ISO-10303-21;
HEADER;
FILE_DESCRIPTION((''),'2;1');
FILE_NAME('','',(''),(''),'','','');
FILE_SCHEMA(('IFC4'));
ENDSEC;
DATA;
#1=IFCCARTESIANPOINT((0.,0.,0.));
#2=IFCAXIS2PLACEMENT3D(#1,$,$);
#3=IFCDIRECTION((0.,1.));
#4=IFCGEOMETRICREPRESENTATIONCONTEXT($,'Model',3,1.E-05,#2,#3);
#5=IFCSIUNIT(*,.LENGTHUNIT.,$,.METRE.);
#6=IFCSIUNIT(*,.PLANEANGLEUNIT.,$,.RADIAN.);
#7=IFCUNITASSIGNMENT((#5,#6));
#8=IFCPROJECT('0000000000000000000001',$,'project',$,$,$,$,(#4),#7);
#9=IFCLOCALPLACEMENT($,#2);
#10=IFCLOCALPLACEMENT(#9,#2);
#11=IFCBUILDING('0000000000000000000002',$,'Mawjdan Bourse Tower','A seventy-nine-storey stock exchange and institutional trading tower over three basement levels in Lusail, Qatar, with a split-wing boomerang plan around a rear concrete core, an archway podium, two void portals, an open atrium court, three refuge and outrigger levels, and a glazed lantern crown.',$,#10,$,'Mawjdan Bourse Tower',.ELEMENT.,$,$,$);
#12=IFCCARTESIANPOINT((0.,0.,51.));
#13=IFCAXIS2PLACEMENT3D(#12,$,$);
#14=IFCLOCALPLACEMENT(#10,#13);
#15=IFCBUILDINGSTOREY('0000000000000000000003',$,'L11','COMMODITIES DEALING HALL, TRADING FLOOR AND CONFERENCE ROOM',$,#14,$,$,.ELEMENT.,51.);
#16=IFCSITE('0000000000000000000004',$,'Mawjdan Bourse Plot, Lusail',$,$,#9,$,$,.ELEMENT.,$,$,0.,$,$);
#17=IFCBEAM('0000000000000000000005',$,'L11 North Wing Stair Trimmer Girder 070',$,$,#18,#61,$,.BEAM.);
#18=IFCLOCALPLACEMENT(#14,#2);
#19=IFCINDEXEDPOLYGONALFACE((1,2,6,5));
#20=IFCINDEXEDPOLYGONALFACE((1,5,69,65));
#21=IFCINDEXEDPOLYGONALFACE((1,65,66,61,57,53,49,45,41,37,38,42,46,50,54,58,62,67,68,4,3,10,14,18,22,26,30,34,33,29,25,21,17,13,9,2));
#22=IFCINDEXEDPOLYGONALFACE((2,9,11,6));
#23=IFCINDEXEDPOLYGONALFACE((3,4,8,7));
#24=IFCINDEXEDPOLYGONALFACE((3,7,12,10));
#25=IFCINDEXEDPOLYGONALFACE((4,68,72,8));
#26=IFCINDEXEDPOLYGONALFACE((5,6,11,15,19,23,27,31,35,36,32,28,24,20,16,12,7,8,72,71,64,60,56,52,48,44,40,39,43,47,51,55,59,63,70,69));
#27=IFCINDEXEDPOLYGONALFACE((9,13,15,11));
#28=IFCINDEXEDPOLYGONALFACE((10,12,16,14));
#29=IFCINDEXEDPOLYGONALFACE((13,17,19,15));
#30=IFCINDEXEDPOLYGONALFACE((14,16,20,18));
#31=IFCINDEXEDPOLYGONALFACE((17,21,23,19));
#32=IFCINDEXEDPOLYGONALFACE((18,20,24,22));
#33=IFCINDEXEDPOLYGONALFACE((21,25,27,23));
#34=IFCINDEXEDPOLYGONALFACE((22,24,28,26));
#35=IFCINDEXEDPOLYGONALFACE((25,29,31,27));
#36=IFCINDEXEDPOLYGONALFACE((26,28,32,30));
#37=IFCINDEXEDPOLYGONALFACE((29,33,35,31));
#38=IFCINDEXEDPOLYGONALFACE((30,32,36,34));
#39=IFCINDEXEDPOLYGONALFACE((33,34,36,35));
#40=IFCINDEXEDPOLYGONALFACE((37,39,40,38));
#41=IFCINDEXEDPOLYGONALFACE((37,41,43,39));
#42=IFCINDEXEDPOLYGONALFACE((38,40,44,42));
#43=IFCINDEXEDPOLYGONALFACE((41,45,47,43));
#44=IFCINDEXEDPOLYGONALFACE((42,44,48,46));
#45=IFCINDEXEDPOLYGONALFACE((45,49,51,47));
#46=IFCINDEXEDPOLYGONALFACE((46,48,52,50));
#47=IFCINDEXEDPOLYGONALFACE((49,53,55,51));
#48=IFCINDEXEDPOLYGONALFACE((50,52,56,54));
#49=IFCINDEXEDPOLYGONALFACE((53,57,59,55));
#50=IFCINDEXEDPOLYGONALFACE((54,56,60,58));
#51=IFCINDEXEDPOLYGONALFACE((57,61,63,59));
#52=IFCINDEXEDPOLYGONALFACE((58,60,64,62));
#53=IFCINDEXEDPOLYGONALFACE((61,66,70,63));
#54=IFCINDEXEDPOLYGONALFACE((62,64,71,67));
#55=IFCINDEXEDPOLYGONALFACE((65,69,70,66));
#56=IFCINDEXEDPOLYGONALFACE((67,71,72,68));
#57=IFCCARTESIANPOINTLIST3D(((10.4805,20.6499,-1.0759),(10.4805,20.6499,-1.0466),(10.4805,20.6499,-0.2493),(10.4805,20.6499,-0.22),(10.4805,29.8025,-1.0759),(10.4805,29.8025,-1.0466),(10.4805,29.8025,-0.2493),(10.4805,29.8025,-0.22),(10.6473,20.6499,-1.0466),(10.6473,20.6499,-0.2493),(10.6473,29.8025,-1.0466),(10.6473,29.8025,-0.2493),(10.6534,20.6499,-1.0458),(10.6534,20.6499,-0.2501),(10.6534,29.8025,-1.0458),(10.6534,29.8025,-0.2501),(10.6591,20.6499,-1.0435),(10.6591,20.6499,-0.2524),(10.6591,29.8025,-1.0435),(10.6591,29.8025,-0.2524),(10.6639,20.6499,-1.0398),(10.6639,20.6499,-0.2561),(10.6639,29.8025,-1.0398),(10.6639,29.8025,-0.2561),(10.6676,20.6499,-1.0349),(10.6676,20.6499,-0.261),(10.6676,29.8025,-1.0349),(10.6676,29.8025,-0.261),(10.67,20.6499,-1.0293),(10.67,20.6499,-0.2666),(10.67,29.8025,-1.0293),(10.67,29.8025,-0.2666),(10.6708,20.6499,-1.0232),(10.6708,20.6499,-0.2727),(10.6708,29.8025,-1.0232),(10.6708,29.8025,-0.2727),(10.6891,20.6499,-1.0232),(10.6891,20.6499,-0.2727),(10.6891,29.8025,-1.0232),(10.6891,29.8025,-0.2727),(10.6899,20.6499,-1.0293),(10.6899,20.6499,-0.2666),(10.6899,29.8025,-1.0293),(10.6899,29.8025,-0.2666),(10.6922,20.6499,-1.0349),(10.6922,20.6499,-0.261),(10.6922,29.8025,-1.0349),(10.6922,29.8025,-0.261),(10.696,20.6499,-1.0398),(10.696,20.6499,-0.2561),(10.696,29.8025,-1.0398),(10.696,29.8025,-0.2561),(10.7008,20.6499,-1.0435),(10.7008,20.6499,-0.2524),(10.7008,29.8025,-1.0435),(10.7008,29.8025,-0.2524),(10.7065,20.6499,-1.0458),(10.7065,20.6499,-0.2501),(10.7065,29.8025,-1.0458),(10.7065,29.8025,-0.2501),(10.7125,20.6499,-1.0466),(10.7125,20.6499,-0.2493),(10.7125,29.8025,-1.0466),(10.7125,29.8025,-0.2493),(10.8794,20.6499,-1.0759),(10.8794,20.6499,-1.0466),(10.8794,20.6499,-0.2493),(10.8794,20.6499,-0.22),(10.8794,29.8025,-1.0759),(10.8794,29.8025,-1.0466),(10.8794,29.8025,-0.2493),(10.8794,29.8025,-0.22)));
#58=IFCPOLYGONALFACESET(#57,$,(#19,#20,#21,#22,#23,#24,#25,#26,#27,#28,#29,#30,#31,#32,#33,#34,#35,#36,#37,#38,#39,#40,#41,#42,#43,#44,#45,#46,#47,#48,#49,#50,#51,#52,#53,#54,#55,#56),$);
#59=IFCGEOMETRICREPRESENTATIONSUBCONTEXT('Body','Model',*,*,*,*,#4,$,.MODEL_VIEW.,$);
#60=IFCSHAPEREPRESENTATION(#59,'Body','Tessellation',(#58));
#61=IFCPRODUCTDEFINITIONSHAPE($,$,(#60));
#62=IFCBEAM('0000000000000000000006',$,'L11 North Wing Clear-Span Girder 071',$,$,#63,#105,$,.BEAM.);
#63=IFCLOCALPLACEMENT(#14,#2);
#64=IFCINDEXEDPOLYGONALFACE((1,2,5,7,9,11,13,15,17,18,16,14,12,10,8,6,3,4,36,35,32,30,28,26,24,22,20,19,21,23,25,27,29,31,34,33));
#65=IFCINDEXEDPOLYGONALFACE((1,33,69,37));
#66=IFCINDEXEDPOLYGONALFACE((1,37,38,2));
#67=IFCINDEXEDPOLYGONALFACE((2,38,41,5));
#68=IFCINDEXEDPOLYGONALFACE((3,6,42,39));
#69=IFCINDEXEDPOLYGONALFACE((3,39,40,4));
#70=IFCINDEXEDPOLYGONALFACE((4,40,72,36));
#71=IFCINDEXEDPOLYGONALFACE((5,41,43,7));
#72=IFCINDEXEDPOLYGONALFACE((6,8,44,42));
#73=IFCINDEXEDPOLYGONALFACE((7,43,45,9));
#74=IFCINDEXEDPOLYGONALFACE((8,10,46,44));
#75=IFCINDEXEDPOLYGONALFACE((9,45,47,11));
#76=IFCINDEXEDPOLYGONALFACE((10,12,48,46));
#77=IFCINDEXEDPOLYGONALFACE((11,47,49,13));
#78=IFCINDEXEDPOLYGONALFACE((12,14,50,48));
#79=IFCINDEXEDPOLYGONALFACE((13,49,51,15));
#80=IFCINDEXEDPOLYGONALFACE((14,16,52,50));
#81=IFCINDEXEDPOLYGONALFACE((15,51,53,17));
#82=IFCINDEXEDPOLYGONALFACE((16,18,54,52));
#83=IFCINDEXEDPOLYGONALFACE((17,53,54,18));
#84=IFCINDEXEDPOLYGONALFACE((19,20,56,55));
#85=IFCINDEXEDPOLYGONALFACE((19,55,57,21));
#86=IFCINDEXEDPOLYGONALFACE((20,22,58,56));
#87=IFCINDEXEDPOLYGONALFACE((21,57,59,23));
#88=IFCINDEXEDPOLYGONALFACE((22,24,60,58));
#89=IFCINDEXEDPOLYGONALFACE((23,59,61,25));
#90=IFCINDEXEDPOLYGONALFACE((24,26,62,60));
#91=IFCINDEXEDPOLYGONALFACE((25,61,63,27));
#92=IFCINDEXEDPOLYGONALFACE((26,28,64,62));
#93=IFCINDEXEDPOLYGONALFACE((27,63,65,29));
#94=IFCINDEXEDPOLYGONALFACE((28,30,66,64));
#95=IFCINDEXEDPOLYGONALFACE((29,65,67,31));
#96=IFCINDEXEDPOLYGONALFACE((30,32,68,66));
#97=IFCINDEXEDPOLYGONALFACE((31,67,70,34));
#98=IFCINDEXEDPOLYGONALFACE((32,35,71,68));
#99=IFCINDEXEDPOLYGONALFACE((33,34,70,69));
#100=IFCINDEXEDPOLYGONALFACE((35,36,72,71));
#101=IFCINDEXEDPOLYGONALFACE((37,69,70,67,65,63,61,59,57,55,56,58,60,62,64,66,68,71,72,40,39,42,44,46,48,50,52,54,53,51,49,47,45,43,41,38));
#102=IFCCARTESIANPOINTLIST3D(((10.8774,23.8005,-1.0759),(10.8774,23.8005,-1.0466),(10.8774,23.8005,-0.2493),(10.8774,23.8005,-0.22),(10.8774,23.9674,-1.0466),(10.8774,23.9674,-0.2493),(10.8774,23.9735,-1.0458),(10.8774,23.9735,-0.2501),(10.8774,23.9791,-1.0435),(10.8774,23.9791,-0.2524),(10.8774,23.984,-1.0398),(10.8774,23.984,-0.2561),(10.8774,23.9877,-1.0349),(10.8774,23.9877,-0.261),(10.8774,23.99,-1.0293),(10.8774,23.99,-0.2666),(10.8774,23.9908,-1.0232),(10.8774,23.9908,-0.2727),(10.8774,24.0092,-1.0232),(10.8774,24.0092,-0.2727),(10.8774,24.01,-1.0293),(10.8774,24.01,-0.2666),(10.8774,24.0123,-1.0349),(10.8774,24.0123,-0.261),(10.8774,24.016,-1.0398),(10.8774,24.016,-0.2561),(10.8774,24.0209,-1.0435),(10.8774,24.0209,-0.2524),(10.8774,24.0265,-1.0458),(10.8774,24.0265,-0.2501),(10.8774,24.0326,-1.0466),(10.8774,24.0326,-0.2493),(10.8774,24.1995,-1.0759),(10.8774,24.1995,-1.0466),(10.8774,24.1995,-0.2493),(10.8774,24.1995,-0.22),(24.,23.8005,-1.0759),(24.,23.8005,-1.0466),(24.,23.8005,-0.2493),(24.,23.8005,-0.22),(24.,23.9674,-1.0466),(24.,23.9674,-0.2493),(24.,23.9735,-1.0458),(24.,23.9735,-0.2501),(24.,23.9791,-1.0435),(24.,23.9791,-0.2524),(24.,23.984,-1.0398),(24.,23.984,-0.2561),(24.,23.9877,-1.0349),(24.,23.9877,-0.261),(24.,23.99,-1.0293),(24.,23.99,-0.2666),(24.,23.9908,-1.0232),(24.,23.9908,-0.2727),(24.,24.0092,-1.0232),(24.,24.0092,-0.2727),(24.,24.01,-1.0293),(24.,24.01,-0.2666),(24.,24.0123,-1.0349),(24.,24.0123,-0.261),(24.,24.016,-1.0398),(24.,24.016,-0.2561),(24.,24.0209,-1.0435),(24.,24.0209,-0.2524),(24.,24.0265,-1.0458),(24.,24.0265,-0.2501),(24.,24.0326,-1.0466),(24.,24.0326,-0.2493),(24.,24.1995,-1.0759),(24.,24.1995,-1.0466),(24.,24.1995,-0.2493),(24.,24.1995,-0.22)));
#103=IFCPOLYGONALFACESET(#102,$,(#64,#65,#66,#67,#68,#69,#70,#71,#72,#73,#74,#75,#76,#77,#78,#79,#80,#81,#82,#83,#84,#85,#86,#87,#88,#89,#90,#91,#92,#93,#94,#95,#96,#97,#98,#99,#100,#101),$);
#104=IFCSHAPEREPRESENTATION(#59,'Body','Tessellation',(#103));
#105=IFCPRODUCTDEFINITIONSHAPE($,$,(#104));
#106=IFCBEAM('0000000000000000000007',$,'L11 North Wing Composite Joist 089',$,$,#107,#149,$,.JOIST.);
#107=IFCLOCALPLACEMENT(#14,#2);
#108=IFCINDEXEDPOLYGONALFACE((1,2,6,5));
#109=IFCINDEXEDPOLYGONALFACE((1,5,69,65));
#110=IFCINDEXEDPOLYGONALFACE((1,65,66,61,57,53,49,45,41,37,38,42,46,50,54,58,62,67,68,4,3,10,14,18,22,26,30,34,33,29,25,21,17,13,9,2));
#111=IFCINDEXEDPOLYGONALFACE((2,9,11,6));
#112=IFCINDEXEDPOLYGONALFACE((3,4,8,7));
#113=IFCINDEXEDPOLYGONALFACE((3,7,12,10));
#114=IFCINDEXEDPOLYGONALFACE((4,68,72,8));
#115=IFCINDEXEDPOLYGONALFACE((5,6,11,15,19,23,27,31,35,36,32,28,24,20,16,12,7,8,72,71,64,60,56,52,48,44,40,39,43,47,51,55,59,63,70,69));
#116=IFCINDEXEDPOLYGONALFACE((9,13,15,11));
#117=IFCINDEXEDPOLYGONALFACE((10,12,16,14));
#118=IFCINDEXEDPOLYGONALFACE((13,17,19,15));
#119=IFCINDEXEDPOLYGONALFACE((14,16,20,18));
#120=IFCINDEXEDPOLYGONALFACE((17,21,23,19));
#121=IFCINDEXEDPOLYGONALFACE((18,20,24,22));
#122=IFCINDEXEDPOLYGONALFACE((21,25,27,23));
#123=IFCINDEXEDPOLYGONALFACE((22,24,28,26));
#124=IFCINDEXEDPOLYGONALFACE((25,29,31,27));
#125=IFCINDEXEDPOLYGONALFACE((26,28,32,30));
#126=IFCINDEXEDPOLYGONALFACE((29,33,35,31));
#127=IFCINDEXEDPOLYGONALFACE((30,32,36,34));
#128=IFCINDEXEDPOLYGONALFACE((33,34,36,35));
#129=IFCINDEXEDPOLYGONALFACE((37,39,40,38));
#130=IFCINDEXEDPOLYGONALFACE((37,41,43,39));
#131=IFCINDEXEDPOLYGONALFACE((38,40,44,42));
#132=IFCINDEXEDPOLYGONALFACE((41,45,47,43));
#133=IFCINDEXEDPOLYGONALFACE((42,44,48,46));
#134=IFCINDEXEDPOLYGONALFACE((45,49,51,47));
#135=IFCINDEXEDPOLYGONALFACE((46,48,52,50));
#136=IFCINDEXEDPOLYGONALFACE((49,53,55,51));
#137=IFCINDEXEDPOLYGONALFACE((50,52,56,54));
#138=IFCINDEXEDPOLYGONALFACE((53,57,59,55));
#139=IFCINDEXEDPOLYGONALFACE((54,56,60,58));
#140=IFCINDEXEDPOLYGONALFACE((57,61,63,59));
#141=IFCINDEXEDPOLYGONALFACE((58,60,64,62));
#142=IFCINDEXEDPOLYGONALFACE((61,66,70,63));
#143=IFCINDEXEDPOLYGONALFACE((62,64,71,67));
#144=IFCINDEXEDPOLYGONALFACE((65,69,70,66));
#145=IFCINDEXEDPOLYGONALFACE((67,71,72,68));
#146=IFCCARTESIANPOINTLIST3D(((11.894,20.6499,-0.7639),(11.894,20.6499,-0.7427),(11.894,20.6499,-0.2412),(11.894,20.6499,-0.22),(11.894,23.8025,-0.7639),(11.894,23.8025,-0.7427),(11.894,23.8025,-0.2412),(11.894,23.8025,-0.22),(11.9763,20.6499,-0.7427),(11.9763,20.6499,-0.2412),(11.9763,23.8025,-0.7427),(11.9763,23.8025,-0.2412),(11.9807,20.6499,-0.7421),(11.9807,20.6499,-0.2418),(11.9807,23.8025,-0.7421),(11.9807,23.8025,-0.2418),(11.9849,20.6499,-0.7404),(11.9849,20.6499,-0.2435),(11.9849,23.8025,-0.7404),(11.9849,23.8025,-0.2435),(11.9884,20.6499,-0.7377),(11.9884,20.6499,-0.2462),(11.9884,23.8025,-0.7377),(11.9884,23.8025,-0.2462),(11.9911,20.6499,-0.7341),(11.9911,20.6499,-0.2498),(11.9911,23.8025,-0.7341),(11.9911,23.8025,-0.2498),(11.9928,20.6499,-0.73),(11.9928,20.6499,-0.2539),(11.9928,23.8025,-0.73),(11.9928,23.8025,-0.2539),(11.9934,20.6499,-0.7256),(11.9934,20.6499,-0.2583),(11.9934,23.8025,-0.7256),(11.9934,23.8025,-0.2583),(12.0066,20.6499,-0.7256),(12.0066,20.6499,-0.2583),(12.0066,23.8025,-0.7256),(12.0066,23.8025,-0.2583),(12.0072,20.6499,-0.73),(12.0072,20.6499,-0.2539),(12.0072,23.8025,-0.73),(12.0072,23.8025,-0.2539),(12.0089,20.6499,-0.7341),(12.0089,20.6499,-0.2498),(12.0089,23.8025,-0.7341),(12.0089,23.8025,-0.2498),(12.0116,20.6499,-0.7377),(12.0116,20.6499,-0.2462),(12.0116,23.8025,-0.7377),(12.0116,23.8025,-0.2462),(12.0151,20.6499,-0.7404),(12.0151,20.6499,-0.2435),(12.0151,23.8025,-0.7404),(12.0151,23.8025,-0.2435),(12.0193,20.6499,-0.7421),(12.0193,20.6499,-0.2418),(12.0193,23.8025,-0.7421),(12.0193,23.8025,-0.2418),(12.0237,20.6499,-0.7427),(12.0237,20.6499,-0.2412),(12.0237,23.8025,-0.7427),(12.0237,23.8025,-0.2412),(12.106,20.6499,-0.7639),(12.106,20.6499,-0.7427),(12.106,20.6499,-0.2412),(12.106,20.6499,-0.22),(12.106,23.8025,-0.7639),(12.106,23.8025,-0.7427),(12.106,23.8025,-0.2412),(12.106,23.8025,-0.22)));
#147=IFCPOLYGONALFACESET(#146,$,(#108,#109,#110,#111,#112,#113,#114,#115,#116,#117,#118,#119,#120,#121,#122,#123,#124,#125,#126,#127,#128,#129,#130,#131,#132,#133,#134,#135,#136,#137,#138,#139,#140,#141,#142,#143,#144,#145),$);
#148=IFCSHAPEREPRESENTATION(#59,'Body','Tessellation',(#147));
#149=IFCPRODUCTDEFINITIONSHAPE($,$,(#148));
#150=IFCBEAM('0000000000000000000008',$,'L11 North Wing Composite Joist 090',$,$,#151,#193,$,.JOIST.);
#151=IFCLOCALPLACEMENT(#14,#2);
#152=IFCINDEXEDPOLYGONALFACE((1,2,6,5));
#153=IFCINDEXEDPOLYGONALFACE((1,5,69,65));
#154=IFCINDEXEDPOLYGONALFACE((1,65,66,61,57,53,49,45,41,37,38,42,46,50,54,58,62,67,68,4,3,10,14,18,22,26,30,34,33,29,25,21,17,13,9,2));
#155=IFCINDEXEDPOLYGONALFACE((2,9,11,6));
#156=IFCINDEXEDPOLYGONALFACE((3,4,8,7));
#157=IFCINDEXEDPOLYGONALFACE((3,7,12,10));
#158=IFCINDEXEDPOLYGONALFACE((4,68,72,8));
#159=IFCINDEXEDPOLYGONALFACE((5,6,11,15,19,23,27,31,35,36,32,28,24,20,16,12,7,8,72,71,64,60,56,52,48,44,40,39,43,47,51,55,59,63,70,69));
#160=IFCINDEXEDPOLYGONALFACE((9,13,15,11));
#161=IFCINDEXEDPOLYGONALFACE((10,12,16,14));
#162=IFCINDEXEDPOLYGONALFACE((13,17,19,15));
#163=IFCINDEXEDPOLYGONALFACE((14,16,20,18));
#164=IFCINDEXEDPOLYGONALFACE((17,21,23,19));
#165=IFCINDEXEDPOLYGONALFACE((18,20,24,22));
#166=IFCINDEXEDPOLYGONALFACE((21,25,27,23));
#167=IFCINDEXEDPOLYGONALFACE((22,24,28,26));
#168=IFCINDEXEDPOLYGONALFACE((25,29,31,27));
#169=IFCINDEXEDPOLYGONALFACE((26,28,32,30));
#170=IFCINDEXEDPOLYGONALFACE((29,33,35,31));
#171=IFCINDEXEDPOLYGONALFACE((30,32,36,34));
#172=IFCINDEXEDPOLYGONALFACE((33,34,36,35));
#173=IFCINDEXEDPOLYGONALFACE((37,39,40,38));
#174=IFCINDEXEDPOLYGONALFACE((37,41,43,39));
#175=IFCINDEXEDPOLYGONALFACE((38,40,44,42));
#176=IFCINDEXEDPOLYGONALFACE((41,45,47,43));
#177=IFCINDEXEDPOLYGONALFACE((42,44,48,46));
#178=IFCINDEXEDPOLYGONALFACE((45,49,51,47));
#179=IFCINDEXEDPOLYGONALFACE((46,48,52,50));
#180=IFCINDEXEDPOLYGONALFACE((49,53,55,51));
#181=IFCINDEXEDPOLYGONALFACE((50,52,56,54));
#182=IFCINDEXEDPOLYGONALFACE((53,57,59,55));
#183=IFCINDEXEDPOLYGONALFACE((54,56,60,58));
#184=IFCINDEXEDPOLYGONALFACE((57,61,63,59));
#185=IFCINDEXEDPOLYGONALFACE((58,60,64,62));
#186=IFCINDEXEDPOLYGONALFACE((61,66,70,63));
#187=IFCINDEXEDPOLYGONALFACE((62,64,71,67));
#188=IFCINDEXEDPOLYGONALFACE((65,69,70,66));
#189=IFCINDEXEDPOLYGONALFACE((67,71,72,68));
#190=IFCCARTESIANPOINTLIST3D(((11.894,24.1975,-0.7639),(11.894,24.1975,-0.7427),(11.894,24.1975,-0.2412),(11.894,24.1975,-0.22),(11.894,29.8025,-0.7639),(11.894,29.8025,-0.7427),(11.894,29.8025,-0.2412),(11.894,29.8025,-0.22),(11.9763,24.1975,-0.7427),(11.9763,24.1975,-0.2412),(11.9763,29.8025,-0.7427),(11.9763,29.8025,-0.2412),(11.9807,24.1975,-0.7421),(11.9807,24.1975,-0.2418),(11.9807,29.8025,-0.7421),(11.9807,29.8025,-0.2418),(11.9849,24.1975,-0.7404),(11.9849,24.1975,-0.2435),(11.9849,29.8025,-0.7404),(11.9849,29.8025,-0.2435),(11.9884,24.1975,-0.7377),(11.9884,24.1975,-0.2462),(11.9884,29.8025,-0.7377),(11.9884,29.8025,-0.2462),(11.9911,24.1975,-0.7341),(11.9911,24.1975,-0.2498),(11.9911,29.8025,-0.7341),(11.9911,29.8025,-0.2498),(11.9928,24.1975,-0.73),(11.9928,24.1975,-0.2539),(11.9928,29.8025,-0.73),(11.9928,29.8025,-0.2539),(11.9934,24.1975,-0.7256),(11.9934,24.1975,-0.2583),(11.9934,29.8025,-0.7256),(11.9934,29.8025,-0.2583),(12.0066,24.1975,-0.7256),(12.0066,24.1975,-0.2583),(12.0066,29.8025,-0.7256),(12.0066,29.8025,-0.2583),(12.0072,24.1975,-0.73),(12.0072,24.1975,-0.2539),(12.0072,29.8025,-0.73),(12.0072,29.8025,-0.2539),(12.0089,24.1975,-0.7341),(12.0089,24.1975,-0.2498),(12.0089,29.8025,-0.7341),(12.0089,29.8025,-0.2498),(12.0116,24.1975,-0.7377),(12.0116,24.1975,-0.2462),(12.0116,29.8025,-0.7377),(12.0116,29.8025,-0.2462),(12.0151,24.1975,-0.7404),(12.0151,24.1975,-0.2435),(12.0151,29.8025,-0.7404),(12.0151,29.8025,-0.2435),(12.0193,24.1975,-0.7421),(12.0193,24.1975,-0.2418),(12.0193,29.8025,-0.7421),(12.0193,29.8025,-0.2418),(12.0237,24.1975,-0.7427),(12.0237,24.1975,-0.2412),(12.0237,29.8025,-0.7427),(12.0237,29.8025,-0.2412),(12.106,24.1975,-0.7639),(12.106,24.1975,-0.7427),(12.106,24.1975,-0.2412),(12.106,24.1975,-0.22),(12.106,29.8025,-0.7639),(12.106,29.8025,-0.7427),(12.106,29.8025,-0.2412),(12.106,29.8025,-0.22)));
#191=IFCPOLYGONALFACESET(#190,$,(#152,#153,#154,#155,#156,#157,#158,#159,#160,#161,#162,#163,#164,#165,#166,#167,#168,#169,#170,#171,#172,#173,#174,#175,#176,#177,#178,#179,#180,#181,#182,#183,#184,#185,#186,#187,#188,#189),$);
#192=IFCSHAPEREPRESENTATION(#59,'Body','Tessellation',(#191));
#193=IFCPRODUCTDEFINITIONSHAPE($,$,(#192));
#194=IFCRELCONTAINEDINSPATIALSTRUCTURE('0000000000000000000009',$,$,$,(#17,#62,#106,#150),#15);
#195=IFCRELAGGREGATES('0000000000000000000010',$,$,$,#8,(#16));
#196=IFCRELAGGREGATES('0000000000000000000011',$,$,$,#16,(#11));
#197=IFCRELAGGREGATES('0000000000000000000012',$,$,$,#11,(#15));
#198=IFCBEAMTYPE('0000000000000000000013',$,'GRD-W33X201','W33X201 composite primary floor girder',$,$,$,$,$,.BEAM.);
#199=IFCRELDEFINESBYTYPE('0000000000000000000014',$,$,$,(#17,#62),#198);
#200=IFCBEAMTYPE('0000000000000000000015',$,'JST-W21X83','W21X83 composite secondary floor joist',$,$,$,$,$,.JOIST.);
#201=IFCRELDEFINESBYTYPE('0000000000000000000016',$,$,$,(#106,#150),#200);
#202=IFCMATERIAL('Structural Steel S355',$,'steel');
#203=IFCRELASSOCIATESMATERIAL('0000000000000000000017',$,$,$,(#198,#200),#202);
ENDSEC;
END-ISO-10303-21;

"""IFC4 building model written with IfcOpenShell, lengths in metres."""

from ifc_helpers import new_model, si_unit, direction, frame, origin, origin_2d, place, context, subcontext, project, spatial, i_section, extrude, material, material_profile, profile_set, type_object, element, save


model = new_model("IFC4")

# Units and contexts
model_context = context("Model", 3, precision=1e-05, world=origin(), true_north=direction((0.0, 1.0)))
body_context = subcontext(model_context, "Body", "Model", "MODEL_VIEW")
ifc_project = project(units=[si_unit("LENGTHUNIT", "METRE"), si_unit("PLANEANGLEUNIT", "RADIAN")], contexts=[model_context])

# Site, building, storey
site_placement = place(None, origin())
site = spatial("IfcSite", under=ifc_project, at=site_placement, Name="Mawjdan Bourse Plot, Lusail", CompositionType="ELEMENT", RefElevation=0.0)
building_placement = place(site_placement, origin())
building = spatial("IfcBuilding", under=site, at=building_placement, Name="Mawjdan Bourse Tower", Description="A seventy-nine-storey stock exchange and institutional trading tower over three basement levels in Lusail, Qatar, with a split-wing boomerang plan around a rear concrete core, an archway podium, two void portals, an open atrium court, three refuge and outrigger levels, and a glazed lantern crown.", LongName="Mawjdan Bourse Tower", CompositionType="ELEMENT")
storey_placement = place(building_placement, frame((0.0, 0.0, 51.0)))
storey = spatial("IfcBuildingStorey", under=building, at=storey_placement, Name="L11", Description="COMMODITIES DEALING HALL, TRADING FLOOR AND CONFERENCE ROOM", CompositionType="ELEMENT", Elevation=51.0)

# Beams
ifc_material_1 = material(Name="Structural Steel S355", Category="steel")
ifc_material_profile_1 = material_profile(ifc_material_1, i_section(OverallWidth=0.3989, OverallDepth=0.856, WebThickness=0.0183, FlangeThickness=0.0293, FilletRadius=0.0234, at=origin_2d()), Name="W33X201")
ifc_profile_set_1 = profile_set([ifc_material_profile_1], Name="Structural Steel S355")
beam_type_1 = type_object("IfcBeamType", Name="GRD-W33X201", Description="W33X201 composite primary floor girder", PredefinedType="BEAM", material=ifc_profile_set_1)
beam_1_placement = place(storey_placement, frame((10.6799, 20.6499, -0.6479), z_axis=(0.0, 1.0, 0.0), x_axis=(-1.0, 0.0, 0.0)))
element("IfcBeam", 1, at=beam_1_placement, inside=storey, type_object=beam_type_1, Name="L11 North Wing Stair Trimmer Girder 070", PredefinedType="BEAM", context=body_context, shape_type="SweptSolid", body=[
    extrude(i_section(OverallWidth=0.3989, OverallDepth=0.856, WebThickness=0.0183, FlangeThickness=0.0293, FilletRadius=0.0234, at=origin_2d()), origin(), (0.0, 0.0, 1.0), 9.1526),
])
beam_2_placement = place(storey_placement, frame((10.8774, 24.0, -0.6479), z_axis=(1.0, 0.0, 0.0), x_axis=(0.0, 1.0, 0.0)))
element("IfcBeam", 2, at=beam_2_placement, inside=storey, type_object=beam_type_1, Name="L11 North Wing Clear-Span Girder 071", PredefinedType="BEAM", context=body_context, shape_type="SweptSolid", body=[
    extrude(i_section(OverallWidth=0.3989, OverallDepth=0.856, WebThickness=0.0183, FlangeThickness=0.0293, FilletRadius=0.0234, at=origin_2d()), origin(), (0.0, 0.0, 1.0), 13.1226),
])
ifc_material_profile_2 = material_profile(ifc_material_1, i_section(OverallWidth=0.2119, OverallDepth=0.5439, WebThickness=0.0132, FlangeThickness=0.0212, FilletRadius=0.0171, at=origin_2d()), Name="W21X83")
ifc_profile_set_2 = profile_set([ifc_material_profile_2], Name="Structural Steel S355")
beam_type_2 = type_object("IfcBeamType", Name="JST-W21X83", Description="W21X83 composite secondary floor joist", PredefinedType="JOIST", material=ifc_profile_set_2)
beam_3_placement = place(storey_placement, frame((12.0, 20.6499, -0.4919), z_axis=(0.0, 1.0, 0.0), x_axis=(-1.0, 0.0, 0.0)))
element("IfcBeam", 3, at=beam_3_placement, inside=storey, type_object=beam_type_2, Name="L11 North Wing Composite Joist 089", PredefinedType="JOIST", context=body_context, shape_type="SweptSolid", body=[
    extrude(i_section(OverallWidth=0.2119, OverallDepth=0.5439, WebThickness=0.0132, FlangeThickness=0.0212, FilletRadius=0.0171, at=origin_2d()), origin(), (0.0, 0.0, 1.0), 3.1526),
])
beam_4_placement = place(storey_placement, frame((12.0, 24.1975, -0.4919), z_axis=(0.0, 1.0, 0.0), x_axis=(-1.0, 0.0, 0.0)))
element("IfcBeam", 4, at=beam_4_placement, inside=storey, type_object=beam_type_2, Name="L11 North Wing Composite Joist 090", PredefinedType="JOIST", context=body_context, shape_type="SweptSolid", body=[
    extrude(i_section(OverallWidth=0.2119, OverallDepth=0.5439, WebThickness=0.0132, FlangeThickness=0.0212, FilletRadius=0.0171, at=origin_2d()), origin(), (0.0, 0.0, 1.0), 5.605),
])

save(model, "model.ifc")
